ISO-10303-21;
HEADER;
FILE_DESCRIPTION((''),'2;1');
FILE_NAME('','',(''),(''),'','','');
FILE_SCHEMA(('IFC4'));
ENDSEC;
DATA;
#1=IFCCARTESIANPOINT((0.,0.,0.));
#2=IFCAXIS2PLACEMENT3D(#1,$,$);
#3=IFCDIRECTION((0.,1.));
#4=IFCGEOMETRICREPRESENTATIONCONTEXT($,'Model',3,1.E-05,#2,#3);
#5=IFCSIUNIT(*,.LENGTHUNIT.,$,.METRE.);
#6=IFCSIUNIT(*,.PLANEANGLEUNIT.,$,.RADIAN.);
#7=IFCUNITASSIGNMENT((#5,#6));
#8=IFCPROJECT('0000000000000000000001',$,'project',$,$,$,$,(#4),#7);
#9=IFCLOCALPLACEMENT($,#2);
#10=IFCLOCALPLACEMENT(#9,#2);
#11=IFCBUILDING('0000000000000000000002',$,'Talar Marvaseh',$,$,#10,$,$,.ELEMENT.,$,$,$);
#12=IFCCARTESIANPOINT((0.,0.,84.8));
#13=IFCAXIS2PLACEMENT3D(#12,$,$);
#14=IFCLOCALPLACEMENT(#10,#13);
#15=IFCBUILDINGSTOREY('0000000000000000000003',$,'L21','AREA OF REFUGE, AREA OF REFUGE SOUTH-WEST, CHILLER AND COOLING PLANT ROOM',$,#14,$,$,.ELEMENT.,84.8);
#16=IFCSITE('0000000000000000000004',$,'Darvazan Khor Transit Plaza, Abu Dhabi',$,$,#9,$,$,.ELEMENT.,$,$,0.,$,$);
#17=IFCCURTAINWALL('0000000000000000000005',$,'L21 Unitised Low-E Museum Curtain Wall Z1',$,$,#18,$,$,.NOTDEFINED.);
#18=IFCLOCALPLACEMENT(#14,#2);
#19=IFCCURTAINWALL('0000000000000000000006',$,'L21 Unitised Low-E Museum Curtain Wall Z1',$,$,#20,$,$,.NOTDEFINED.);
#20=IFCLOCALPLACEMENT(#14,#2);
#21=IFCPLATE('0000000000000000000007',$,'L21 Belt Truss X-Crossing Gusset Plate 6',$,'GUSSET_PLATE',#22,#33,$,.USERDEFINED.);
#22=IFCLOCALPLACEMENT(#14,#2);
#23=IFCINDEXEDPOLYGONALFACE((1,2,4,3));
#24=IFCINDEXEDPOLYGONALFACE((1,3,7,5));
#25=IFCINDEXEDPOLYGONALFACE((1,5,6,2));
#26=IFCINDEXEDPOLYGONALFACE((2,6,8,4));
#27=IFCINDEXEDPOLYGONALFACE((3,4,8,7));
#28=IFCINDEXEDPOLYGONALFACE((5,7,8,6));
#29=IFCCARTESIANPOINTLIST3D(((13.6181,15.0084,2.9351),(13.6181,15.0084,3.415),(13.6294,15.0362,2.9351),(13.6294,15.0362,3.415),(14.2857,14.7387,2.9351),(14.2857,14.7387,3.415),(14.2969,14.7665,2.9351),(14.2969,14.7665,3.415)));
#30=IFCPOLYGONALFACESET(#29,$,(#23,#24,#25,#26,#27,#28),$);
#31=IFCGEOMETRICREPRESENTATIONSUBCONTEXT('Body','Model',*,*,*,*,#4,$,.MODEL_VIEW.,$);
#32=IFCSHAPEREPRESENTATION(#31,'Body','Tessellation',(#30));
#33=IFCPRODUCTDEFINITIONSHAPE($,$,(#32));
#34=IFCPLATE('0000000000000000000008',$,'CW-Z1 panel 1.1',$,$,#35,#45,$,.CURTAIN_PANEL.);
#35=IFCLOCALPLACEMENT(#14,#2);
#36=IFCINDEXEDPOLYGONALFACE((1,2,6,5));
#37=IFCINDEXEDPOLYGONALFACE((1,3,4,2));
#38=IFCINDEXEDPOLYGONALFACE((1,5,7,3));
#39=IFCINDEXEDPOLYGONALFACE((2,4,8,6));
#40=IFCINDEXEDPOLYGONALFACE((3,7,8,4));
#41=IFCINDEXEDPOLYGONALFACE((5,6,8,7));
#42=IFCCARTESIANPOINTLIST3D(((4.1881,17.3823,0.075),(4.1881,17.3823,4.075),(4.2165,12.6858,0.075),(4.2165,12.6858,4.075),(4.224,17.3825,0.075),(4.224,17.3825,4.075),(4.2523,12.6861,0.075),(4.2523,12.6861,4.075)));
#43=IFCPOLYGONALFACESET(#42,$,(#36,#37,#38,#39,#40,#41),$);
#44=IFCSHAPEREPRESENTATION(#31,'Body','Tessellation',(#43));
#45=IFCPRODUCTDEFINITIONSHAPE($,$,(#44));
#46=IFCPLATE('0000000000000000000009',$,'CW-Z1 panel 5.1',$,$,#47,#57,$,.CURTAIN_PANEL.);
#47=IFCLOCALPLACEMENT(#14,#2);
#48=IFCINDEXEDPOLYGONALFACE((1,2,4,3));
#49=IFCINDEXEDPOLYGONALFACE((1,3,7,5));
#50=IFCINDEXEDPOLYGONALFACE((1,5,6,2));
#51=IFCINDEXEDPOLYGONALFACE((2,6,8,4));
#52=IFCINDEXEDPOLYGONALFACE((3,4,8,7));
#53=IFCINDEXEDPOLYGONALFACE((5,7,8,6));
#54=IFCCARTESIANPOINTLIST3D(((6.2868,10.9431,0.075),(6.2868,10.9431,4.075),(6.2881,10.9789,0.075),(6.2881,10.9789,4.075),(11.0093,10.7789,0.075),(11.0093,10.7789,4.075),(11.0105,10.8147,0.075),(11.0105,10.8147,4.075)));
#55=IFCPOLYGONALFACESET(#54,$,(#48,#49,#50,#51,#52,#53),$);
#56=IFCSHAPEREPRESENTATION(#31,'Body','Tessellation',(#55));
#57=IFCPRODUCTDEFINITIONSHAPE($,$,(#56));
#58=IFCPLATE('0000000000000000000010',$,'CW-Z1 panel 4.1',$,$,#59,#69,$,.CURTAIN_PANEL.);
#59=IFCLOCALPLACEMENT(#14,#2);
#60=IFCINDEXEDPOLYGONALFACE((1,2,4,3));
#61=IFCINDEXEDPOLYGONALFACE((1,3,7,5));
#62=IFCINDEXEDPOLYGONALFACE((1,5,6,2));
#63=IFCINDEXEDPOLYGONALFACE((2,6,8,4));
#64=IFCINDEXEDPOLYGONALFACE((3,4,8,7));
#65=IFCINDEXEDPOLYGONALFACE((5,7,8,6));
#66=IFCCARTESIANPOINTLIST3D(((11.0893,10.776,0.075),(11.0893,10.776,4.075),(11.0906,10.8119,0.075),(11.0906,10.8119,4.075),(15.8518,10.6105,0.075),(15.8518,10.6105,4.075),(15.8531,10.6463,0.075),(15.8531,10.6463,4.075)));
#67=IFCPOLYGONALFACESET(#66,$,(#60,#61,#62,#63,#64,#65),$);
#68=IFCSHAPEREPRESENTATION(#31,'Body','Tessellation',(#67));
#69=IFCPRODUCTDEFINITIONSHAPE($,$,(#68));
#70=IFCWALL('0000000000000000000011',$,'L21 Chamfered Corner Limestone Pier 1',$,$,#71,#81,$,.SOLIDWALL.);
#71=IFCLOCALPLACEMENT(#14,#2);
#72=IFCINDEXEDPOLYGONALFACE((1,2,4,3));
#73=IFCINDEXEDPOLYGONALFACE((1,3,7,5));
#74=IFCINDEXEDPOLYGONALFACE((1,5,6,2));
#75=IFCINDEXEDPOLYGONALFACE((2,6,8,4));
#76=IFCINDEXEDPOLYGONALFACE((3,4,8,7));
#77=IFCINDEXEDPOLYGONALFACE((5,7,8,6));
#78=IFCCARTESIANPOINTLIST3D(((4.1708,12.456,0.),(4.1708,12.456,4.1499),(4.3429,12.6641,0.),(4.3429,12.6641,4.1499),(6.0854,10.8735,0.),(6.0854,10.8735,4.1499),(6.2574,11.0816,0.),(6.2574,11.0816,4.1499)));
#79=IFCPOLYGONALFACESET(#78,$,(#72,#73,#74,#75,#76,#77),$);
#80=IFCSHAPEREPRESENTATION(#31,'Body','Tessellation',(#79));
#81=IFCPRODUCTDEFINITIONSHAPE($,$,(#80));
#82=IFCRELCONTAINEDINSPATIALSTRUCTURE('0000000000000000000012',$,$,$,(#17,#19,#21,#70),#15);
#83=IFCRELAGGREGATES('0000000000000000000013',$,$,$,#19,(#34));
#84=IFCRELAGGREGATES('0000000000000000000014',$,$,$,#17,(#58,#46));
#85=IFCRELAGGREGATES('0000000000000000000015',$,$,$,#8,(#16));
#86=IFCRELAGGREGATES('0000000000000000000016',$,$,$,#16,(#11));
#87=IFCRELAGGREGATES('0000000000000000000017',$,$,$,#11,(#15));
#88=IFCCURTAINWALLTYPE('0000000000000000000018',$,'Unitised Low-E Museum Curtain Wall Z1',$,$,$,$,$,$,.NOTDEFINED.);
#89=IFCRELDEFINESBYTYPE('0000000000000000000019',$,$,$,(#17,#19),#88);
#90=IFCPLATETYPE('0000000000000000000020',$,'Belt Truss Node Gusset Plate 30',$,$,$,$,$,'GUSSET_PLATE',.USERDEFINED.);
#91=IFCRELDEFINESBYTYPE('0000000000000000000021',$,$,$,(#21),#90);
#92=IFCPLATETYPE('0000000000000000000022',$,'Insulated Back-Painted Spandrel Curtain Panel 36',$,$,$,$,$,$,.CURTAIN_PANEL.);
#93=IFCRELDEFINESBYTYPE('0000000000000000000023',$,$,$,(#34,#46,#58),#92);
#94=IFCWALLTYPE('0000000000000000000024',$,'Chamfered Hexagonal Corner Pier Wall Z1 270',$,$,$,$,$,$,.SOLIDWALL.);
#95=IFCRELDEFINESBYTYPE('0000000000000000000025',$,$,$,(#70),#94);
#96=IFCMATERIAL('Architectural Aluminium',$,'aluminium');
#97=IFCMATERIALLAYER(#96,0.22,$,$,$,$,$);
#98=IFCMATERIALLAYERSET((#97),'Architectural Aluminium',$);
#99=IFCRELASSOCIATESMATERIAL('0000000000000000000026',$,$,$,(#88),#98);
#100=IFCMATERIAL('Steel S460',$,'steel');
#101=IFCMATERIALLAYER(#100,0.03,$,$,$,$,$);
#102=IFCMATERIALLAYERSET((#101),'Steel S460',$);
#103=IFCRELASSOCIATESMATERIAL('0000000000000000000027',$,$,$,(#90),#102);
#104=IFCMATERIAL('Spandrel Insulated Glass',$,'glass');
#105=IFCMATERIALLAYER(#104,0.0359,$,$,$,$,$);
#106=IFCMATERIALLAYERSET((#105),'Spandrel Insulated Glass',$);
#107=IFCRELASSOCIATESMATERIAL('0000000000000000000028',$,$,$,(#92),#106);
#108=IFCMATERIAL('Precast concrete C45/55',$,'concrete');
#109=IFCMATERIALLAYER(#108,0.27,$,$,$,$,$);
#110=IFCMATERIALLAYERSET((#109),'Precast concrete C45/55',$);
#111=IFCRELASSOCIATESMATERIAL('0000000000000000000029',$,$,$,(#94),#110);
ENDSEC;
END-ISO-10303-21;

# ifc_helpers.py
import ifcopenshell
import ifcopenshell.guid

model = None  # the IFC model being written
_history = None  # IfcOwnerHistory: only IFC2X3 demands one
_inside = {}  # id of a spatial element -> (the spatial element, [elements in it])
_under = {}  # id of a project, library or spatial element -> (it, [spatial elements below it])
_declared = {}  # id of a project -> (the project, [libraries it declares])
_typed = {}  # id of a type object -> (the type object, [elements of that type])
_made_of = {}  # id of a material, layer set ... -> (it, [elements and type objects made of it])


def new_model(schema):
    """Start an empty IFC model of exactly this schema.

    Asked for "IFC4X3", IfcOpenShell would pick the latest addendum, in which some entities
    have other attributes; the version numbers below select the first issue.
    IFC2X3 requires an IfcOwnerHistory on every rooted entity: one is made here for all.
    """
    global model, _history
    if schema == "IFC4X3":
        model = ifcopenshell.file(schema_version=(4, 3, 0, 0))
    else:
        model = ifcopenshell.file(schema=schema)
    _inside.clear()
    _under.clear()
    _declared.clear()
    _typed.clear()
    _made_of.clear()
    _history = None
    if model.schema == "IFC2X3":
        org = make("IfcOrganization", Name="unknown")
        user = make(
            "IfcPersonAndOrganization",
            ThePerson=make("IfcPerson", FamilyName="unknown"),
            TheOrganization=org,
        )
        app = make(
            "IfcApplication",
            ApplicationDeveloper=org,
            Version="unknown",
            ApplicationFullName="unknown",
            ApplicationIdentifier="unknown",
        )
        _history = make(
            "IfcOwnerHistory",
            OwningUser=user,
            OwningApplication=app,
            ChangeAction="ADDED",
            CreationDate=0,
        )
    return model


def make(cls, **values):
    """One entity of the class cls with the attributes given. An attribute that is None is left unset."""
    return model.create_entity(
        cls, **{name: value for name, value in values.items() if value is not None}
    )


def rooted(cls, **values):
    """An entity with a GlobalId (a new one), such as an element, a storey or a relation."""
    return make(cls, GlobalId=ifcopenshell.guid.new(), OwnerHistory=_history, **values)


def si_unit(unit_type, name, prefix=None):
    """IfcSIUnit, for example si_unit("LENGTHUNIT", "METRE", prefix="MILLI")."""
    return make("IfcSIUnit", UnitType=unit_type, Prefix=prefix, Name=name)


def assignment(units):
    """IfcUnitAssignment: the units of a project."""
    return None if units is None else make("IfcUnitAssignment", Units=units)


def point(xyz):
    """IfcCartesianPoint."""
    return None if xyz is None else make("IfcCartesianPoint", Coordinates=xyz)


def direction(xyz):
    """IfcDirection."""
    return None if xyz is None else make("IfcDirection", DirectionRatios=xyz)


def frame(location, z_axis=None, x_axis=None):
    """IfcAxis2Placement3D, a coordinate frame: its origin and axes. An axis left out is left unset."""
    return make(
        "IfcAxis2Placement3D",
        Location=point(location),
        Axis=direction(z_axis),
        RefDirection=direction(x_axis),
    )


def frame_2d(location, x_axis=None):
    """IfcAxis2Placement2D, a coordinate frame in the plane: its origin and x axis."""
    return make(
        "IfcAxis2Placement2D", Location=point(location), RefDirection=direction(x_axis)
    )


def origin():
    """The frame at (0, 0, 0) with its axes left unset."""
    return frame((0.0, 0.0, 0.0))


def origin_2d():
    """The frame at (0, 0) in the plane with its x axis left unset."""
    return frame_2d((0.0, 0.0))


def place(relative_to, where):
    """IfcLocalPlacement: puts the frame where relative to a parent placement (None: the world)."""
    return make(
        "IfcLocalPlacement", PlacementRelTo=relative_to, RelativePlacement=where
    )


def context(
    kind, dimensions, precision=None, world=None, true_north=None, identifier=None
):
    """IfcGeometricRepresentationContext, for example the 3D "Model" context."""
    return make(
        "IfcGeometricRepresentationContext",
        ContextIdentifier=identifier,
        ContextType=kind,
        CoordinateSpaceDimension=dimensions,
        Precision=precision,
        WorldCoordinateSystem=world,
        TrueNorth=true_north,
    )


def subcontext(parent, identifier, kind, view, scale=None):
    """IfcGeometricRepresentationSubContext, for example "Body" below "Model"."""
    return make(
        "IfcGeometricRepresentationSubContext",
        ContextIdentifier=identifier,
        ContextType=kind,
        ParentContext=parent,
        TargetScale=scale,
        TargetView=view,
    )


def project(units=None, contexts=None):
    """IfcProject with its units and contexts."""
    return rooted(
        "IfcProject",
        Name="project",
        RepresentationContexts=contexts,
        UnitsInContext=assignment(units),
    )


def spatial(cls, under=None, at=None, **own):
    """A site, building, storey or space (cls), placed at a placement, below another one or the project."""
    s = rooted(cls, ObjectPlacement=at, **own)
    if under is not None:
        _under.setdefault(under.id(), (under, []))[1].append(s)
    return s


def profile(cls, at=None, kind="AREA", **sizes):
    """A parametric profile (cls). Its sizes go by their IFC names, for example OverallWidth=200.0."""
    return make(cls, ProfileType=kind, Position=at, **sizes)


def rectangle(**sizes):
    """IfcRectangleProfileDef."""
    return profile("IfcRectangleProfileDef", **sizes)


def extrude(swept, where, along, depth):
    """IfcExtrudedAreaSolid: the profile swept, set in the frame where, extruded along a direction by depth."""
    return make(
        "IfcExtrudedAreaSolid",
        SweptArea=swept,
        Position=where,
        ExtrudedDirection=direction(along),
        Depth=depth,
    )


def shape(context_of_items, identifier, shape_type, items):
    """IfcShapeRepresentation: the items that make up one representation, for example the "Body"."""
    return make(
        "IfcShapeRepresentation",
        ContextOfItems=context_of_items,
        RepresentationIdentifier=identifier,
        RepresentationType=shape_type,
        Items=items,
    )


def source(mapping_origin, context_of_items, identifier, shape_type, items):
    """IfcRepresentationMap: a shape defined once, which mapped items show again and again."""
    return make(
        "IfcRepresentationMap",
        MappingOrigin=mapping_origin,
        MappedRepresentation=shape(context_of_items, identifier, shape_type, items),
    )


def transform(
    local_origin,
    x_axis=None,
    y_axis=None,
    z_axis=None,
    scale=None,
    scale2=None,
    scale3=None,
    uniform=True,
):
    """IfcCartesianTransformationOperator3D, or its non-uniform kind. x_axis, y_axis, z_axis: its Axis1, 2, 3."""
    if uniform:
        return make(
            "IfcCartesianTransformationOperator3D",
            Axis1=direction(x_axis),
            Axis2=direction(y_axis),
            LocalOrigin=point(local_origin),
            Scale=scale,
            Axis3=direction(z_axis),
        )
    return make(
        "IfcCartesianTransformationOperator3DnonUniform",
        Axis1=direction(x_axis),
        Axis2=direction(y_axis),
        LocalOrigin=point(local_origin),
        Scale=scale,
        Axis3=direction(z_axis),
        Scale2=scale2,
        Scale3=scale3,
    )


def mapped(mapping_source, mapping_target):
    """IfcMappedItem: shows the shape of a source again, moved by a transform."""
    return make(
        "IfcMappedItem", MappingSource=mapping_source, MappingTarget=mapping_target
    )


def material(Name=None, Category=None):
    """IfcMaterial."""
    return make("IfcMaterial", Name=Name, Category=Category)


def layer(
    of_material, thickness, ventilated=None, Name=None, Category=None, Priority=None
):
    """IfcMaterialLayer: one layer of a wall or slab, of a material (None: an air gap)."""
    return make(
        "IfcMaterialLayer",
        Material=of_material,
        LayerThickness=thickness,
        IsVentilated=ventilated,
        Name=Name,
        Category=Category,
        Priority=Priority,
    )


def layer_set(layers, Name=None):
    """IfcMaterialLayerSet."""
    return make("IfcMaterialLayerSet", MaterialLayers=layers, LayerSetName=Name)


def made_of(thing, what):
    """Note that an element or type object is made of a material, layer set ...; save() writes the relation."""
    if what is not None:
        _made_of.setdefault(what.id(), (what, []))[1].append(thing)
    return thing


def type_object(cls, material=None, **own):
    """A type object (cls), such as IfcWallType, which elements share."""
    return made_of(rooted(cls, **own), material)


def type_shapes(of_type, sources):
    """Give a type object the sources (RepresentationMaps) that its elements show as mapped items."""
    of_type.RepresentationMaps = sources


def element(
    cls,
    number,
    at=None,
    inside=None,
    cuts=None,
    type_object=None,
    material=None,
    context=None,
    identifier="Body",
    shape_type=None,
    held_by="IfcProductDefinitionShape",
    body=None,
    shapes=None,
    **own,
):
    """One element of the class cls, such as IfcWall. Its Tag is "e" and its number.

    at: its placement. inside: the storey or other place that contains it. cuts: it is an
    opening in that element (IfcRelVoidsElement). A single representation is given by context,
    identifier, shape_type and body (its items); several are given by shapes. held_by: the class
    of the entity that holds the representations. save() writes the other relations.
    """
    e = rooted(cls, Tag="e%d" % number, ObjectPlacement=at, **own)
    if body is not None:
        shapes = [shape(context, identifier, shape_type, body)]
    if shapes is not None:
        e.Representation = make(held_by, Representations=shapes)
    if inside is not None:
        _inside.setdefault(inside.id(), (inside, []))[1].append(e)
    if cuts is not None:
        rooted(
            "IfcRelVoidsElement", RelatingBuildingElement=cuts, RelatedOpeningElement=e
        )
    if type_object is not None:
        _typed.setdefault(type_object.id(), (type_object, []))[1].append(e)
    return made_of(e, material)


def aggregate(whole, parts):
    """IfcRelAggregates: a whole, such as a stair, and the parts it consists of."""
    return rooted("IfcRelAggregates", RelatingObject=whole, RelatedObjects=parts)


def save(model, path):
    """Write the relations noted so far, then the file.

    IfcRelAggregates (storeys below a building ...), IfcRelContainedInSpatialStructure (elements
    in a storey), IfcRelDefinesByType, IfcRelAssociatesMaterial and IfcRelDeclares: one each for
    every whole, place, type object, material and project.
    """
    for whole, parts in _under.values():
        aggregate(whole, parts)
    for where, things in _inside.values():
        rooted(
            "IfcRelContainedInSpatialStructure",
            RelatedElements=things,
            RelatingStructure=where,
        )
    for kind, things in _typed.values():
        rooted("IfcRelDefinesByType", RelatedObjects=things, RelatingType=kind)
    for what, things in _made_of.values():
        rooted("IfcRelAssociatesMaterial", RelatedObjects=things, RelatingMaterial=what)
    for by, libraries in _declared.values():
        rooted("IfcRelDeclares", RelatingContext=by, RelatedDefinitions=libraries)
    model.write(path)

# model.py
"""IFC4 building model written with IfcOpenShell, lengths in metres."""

from ifc_helpers import new_model, si_unit, direction, frame, frame_2d, origin, origin_2d, place, context, subcontext, project, spatial, rectangle, extrude, source, transform, mapped, material, layer, layer_set, type_object, type_shapes, element, aggregate, save


model = new_model("IFC4")

# Units and contexts
model_context = context("Model", 3, precision=1e-05, world=origin(), true_north=direction((0.0, 1.0)))
body_context = subcontext(model_context, "Body", "Model", "MODEL_VIEW")
ifc_project = project(units=[si_unit("LENGTHUNIT", "METRE"), si_unit("PLANEANGLEUNIT", "RADIAN")], contexts=[model_context])

# Site, building, storey
site_placement = place(None, origin())
site = spatial("IfcSite", under=ifc_project, at=site_placement, Name="Darvazan Khor Transit Plaza, Abu Dhabi", CompositionType="ELEMENT", RefElevation=0.0)
building_placement = place(site_placement, origin())
building = spatial("IfcBuilding", under=site, at=building_placement, Name="Talar Marvaseh", CompositionType="ELEMENT")
storey_placement = place(building_placement, frame((0.0, 0.0, 84.8)))
storey = spatial("IfcBuildingStorey", under=building, at=storey_placement, Name="L21", Description="AREA OF REFUGE, AREA OF REFUGE SOUTH-WEST, CHILLER AND COOLING PLANT ROOM", CompositionType="ELEMENT", Elevation=84.8)

# Shared definitions
ifc_material_1 = material(Name="Steel S460", Category="steel")

# Curtain walls
ifc_material_2 = material(Name="Architectural Aluminium", Category="aluminium")
ifc_layer_1 = layer(ifc_material_2, 0.22)
ifc_layer_set_1 = layer_set([ifc_layer_1], Name="Architectural Aluminium")
curtain_wall_type = type_object("IfcCurtainWallType", Name="Unitised Low-E Museum Curtain Wall Z1", PredefinedType="NOTDEFINED", material=ifc_layer_set_1)
curtain_wall_1_placement = place(storey_placement, origin())
curtain_wall_1 = element("IfcCurtainWall", 1, at=curtain_wall_1_placement, inside=storey, type_object=curtain_wall_type, Name="L21 Unitised Low-E Museum Curtain Wall Z1", PredefinedType="NOTDEFINED")
curtain_wall_2_placement = place(storey_placement, origin())
curtain_wall_2 = element("IfcCurtainWall", 2, at=curtain_wall_2_placement, inside=storey, type_object=curtain_wall_type, Name="L21 Unitised Low-E Museum Curtain Wall Z1", PredefinedType="NOTDEFINED")

# Plate
ifc_layer_2 = layer(ifc_material_1, 0.03)
ifc_layer_set_2 = layer_set([ifc_layer_2], Name="Steel S460")
plate_type_1 = type_object("IfcPlateType", Name="Belt Truss Node Gusset Plate 30", ElementType="GUSSET_PLATE", PredefinedType="USERDEFINED", material=ifc_layer_set_2)
shared_shape_1 = source(origin(), body_context, "Body", "SweptSolid", [
    extrude(rectangle(XDim=0.72, YDim=0.03, at=origin_2d()), origin(), (0.0, 0.0, 1.0), 0.48),
])
type_shapes(plate_type_1, [shared_shape_1])
plate_1_placement = place(storey_placement, frame((13.9575, 14.8875, 2.9351), z_axis=(0.0, 0.0, 1.0), x_axis=(-0.927184, 0.374607, 0.0)))
element("IfcPlate", 3, at=plate_1_placement, inside=storey, type_object=plate_type_1, Name="L21 Belt Truss X-Crossing Gusset Plate 6", ObjectType="GUSSET_PLATE", PredefinedType="USERDEFINED", context=body_context, shape_type="MappedRepresentation", body=[
    mapped(shared_shape_1, transform((0.0, 0.0, 0.0), x_axis=(1.0, 0.0, 0.0), y_axis=(0.0, 1.0, 0.0), z_axis=(0.0, 0.0, 1.0), scale=1.0)),
])

# Plates
ifc_material_3 = material(Name="Spandrel Insulated Glass", Category="glass")
ifc_layer_3 = layer(ifc_material_3, 0.0359)
ifc_layer_set_3 = layer_set([ifc_layer_3], Name="Spandrel Insulated Glass")
plate_type_2 = type_object("IfcPlateType", Name="Insulated Back-Painted Spandrel Curtain Panel 36", PredefinedType="CURTAIN_PANEL", material=ifc_layer_set_3)
shared_shape_2 = source(origin(), body_context, "Body", "SweptSolid", [
    extrude(rectangle(XDim=4.6965, YDim=0.0359, at=origin_2d()), origin(), (0.0, 0.0, 1.0), 4.0),
])
plate_2_placement = place(storey_placement, frame((4.2202, 15.0342, 0.075), z_axis=(0.0, 0.0, 1.0), x_axis=(-0.006042, 0.999982, 0.0)))
plate_2 = element("IfcPlate", 4, at=plate_2_placement, type_object=plate_type_2, Name="CW-Z1 panel 1.1", PredefinedType="CURTAIN_PANEL", context=body_context, shape_type="MappedRepresentation", body=[
    mapped(shared_shape_2, transform((0.0, 0.0, 0.0), x_axis=(1.0, 0.0, 0.0), y_axis=(0.0, 1.0, 0.0), z_axis=(0.0, 0.0, 1.0), scale=1.0)),
])
aggregate(curtain_wall_2, [plate_2])
shared_shape_3 = source(origin(), body_context, "Body", "SweptSolid", [
    extrude(rectangle(XDim=4.7253, YDim=0.0359, at=origin_2d()), origin(), (0.0, 0.0, 1.0), 4.0),
])
plate_3_placement = place(storey_placement, frame((8.6487, 10.8789, 0.075), z_axis=(0.0, 0.0, 1.0), x_axis=(-0.999396, 0.034747, 0.0)))
plate_3 = element("IfcPlate", 5, at=plate_3_placement, type_object=plate_type_2, Name="CW-Z1 panel 5.1", PredefinedType="CURTAIN_PANEL", context=body_context, shape_type="MappedRepresentation", body=[
    mapped(shared_shape_3, transform((0.0, 0.0, 0.0), x_axis=(1.0, 0.0, 0.0), y_axis=(0.0, 1.0, 0.0), z_axis=(0.0, 0.0, 1.0), scale=1.0)),
])
shared_shape_4 = source(origin(), body_context, "Body", "SweptSolid", [
    extrude(rectangle(XDim=4.7654, YDim=0.0359, at=origin_2d()), origin(), (0.0, 0.0, 1.0), 4.0),
])
type_shapes(plate_type_2, [shared_shape_2, shared_shape_3, shared_shape_4])
plate_4_placement = place(storey_placement, frame((13.4712, 10.7112, 0.075), z_axis=(0.0, 0.0, 1.0), x_axis=(-0.999396, 0.034747, 0.0)))
plate_4 = element("IfcPlate", 6, at=plate_4_placement, type_object=plate_type_2, Name="CW-Z1 panel 4.1", PredefinedType="CURTAIN_PANEL", context=body_context, shape_type="MappedRepresentation", body=[
    mapped(shared_shape_4, transform((0.0, 0.0, 0.0), x_axis=(1.0, 0.0, 0.0), y_axis=(0.0, 1.0, 0.0), z_axis=(0.0, 0.0, 1.0), scale=1.0)),
])
aggregate(curtain_wall_1, [plate_4, plate_3])

# Wall
ifc_material_4 = material(Name="Precast concrete C45/55", Category="concrete")
ifc_layer_4 = layer(ifc_material_4, 0.27)
ifc_layer_set_4 = layer_set([ifc_layer_4], Name="Precast concrete C45/55")
wall_type = type_object("IfcWallType", Name="Chamfered Hexagonal Corner Pier Wall Z1 270", PredefinedType="SOLIDWALL", material=ifc_layer_set_4)
wall_placement = place(storey_placement, frame((6.1714, 10.9775, 0.0), z_axis=(0.0, 0.0, 1.0), x_axis=(-0.770777, 0.637105, 0.0)))
element("IfcWall", 7, at=wall_placement, inside=storey, type_object=wall_type, Name="L21 Chamfered Corner Limestone Pier 1", PredefinedType="SOLIDWALL", context=body_context, shape_type="SweptSolid", body=[
    extrude(rectangle(XDim=2.4839, YDim=0.27, at=frame_2d((1.2419, 0.0))), origin(), (0.0, 0.0, 1.0), 4.1499),
])

save(model, "model.ifc")
